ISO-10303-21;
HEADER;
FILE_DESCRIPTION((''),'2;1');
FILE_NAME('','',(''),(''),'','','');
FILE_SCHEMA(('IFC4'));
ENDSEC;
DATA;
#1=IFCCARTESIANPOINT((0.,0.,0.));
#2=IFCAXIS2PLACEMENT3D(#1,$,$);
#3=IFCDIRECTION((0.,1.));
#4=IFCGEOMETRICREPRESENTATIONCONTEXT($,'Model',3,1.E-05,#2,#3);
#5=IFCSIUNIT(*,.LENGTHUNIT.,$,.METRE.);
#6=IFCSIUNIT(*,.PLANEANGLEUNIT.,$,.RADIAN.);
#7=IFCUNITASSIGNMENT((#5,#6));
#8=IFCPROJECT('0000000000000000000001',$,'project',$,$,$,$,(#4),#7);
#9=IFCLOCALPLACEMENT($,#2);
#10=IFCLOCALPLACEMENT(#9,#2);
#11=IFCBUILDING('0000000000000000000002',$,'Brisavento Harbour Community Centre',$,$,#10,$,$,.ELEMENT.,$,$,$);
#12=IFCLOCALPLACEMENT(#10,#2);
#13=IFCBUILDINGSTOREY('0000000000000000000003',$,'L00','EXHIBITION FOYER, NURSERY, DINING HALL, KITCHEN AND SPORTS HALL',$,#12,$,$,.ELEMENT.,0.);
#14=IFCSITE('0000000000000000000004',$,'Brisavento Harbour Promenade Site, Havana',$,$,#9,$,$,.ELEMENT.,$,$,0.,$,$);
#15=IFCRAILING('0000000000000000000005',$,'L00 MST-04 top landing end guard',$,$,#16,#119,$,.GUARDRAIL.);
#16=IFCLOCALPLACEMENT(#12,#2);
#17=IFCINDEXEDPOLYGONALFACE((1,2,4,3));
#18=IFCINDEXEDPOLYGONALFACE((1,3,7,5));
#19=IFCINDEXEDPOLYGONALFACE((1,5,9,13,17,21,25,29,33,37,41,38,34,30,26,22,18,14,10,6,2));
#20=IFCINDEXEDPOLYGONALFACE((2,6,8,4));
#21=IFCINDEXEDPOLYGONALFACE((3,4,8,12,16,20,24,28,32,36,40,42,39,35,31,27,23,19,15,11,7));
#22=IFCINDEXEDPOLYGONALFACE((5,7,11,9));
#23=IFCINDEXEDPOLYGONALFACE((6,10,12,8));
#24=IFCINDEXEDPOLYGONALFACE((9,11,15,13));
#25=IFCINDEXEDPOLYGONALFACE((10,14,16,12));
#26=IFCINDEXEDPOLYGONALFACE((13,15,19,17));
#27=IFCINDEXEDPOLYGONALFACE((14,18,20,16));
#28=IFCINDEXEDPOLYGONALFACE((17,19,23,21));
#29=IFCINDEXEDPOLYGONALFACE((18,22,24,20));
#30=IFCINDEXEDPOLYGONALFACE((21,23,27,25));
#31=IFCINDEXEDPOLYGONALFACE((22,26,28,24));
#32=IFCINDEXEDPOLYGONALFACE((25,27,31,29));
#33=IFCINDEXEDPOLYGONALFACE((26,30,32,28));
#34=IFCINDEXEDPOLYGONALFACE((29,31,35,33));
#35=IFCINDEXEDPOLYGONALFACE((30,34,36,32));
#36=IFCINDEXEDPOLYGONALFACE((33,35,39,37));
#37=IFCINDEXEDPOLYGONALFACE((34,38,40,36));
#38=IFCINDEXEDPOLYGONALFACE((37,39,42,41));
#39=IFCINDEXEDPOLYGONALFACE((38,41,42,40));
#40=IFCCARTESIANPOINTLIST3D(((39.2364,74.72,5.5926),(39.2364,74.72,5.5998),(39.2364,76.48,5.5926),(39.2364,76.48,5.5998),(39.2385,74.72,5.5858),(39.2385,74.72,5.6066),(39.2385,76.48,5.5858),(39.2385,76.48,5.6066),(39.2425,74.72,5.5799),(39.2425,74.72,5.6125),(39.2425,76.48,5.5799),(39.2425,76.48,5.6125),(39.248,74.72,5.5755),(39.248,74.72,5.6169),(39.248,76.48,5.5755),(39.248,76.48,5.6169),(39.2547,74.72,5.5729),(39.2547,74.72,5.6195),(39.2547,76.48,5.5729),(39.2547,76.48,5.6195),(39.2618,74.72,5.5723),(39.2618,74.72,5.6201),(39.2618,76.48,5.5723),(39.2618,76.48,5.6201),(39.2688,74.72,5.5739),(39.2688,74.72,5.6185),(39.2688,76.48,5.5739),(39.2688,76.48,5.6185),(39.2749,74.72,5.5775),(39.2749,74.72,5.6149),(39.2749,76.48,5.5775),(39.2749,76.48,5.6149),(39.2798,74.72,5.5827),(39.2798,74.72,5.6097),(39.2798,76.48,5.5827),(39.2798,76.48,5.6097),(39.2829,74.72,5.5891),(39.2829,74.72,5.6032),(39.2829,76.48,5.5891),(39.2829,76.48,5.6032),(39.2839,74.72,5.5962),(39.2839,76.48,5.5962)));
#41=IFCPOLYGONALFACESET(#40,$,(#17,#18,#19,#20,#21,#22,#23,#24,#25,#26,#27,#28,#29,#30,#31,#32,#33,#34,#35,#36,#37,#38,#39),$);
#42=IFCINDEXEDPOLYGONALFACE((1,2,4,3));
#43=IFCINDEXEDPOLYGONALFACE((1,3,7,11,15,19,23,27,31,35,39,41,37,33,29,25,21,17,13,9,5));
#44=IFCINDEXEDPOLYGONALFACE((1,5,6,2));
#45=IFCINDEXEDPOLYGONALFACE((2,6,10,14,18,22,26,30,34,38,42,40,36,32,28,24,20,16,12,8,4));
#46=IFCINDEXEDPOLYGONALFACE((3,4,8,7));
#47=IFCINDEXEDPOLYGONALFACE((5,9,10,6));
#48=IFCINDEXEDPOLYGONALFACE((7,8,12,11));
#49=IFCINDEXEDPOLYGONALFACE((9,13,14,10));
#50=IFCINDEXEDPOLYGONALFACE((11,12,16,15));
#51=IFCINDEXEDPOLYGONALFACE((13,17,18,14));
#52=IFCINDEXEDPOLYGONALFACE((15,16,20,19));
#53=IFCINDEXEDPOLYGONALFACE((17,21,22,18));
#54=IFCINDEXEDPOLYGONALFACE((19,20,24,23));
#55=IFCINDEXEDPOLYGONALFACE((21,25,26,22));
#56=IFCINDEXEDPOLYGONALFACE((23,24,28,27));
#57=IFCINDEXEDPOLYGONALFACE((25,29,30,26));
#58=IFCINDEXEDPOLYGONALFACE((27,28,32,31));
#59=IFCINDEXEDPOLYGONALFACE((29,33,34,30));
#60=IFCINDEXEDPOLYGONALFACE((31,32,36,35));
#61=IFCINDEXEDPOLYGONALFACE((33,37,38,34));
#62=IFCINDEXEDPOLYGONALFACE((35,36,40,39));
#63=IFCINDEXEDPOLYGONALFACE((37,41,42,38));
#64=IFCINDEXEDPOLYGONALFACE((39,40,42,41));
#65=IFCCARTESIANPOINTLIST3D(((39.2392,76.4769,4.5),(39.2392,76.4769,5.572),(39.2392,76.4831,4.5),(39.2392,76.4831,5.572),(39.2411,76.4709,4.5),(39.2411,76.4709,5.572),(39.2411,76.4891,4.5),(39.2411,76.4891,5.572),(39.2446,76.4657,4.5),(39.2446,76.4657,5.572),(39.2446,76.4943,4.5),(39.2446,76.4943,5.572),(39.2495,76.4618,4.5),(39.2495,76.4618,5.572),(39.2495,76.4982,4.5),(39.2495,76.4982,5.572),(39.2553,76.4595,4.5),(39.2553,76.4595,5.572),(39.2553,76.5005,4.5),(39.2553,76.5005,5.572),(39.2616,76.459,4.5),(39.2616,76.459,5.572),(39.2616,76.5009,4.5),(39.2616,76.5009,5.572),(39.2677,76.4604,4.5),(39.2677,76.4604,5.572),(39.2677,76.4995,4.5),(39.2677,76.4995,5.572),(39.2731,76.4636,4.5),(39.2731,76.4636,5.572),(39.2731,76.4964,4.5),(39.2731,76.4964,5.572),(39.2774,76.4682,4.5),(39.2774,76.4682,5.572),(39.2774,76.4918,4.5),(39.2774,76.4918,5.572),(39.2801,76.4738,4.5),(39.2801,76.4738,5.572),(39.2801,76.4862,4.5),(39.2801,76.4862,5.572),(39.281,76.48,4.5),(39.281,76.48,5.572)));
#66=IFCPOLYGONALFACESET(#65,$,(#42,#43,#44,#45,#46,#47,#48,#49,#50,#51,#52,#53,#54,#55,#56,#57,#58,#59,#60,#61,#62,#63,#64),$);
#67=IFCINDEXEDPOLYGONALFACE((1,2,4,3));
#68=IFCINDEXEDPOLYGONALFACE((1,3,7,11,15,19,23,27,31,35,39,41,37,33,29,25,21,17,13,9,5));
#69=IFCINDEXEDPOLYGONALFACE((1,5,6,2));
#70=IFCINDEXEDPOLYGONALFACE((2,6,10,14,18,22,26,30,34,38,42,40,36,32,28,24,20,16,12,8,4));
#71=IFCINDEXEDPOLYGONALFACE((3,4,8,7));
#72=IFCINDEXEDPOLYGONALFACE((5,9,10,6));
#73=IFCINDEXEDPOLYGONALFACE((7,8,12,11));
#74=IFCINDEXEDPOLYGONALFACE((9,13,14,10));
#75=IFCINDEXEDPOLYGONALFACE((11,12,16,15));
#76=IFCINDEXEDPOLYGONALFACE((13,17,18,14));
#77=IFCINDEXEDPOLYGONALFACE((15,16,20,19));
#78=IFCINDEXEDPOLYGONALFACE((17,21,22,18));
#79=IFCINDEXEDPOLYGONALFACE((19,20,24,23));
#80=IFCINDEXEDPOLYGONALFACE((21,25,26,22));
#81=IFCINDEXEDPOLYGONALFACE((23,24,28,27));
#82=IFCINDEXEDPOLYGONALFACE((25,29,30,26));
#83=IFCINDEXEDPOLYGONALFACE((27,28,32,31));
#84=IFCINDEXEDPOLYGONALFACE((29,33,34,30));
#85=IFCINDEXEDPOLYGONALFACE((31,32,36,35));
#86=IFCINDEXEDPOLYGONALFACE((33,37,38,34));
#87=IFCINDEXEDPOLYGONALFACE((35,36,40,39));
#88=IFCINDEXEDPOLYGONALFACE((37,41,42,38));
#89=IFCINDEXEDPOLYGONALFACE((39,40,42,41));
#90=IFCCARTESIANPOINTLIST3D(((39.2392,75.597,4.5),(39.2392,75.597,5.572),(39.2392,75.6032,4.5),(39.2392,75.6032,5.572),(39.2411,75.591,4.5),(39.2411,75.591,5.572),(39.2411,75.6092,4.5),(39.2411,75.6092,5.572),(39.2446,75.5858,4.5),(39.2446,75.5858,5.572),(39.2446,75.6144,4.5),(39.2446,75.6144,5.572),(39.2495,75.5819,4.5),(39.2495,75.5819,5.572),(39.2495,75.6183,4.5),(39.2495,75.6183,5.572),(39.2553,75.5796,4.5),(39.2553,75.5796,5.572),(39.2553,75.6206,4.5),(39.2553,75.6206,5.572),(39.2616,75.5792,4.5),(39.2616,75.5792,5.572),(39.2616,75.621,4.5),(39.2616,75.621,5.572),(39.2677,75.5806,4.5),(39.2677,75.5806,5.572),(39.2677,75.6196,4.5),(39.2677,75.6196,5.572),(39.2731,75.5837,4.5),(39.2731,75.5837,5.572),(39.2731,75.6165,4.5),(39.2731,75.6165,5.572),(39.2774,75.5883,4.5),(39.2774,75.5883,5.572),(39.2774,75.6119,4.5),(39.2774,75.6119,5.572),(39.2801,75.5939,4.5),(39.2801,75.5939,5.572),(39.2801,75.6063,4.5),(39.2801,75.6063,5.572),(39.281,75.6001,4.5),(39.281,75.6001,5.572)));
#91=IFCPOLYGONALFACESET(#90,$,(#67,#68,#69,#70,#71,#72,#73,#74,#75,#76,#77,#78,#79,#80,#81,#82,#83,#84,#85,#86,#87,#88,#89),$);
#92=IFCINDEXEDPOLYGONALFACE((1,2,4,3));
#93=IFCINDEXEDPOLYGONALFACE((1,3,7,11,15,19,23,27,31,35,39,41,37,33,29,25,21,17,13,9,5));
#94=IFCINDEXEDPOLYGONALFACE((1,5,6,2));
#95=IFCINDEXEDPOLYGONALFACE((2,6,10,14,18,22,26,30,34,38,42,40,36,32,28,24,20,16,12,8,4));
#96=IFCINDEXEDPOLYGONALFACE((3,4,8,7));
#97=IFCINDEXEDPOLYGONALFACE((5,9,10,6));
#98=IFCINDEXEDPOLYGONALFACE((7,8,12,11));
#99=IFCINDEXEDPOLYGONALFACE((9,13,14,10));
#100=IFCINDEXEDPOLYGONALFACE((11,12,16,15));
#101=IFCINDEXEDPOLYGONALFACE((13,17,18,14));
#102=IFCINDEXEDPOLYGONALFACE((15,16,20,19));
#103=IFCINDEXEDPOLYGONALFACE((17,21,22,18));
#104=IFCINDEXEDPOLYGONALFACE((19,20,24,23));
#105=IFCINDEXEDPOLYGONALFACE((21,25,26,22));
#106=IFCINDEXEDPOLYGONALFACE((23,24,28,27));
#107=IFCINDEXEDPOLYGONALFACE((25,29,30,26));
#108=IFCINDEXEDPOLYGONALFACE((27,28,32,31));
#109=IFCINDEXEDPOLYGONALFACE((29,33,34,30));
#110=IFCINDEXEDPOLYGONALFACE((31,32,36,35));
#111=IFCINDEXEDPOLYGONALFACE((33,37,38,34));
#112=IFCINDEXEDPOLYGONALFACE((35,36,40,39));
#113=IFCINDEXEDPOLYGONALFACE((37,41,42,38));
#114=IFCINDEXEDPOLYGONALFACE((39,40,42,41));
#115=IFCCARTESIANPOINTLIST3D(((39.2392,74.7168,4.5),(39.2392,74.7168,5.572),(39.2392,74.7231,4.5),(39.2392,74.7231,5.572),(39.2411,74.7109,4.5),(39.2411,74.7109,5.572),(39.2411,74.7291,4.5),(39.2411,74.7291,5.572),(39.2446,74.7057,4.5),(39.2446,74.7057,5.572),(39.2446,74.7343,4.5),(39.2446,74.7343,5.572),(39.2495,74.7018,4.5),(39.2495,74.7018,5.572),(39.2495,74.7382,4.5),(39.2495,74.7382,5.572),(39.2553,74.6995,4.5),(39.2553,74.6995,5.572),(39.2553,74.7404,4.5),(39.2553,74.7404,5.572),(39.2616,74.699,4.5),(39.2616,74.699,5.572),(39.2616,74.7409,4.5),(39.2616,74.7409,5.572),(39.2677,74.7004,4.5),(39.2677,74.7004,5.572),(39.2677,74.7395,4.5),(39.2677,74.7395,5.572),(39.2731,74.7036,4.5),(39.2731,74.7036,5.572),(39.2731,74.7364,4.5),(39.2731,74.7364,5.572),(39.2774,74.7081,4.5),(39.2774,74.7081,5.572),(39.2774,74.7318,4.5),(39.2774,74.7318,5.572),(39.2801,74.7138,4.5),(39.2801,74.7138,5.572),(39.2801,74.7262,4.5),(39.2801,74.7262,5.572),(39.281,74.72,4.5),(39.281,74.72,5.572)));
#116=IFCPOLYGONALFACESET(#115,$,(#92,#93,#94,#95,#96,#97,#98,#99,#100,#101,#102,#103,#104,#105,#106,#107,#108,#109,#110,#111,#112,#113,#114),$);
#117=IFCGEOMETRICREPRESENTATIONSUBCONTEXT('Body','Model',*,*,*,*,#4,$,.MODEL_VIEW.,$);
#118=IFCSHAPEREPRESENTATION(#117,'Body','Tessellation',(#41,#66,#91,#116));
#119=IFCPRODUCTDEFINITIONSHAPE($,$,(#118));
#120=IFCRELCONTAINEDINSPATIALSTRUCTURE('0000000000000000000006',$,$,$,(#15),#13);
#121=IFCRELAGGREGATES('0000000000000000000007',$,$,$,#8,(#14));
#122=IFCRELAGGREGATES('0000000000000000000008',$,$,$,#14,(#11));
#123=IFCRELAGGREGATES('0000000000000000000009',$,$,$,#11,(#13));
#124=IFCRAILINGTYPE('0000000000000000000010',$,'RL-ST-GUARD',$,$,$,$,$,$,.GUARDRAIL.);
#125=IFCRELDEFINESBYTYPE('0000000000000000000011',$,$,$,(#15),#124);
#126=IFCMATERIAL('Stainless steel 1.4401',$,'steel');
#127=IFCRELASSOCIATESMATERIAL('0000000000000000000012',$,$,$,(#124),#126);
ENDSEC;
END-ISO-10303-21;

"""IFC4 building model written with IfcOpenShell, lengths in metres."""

from ifc_helpers import new_model, si_unit, direction, frame, origin, origin_2d, place, context, subcontext, project, spatial, circle, extrude, material, type_object, element, save


model = new_model("IFC4")

# Units and contexts
model_context = context("Model", 3, precision=1e-05, world=origin(), true_north=direction((0.0, 1.0)))
body_context = subcontext(model_context, "Body", "Model", "MODEL_VIEW")
ifc_project = project(units=[si_unit("LENGTHUNIT", "METRE"), si_unit("PLANEANGLEUNIT", "RADIAN")], contexts=[model_context])

# Site, building, storey
site_placement = place(None, origin())
site = spatial("IfcSite", under=ifc_project, at=site_placement, Name="Brisavento Harbour Promenade Site, Havana", CompositionType="ELEMENT", RefElevation=0.0)
building_placement = place(site_placement, origin())
building = spatial("IfcBuilding", under=site, at=building_placement, Name="Brisavento Harbour Community Centre", CompositionType="ELEMENT")
storey_placement = place(building_placement, origin())
storey = spatial("IfcBuildingStorey", under=building, at=storey_placement, Name="L00", Description="EXHIBITION FOYER, NURSERY, DINING HALL, KITCHEN AND SPORTS HALL", CompositionType="ELEMENT", Elevation=0.0)

# Railing
ifc_material_1 = material(Name="Stainless steel 1.4401", Category="steel")
railing_type = type_object("IfcRailingType", Name="RL-ST-GUARD", PredefinedType="GUARDRAIL", material=ifc_material_1)
railing_1_placement = place(storey_placement, frame((39.26, 76.48, 4.5)))
element("IfcRailing", 1, at=railing_1_placement, inside=storey, type_object=railing_type, Name="L00 MST-04 top landing end guard", PredefinedType="GUARDRAIL", context=body_context, shape_type="SweptSolid", body=[
    extrude(circle(Radius=0.0239, at=origin_2d()), frame((0.0, 0.0, 1.0962), z_axis=(0.0, -1.0, 0.0), x_axis=(1.0, 0.0, 0.0)), (0.0, 0.0, 1.0), 1.76),
    extrude(circle(Radius=0.021, at=origin_2d()), origin(), (0.0, 0.0, 1.0), 1.072),
    extrude(circle(Radius=0.021, at=origin_2d()), frame((0.0, -0.8799, 0.0)), (0.0, 0.0, 1.0), 1.072),
    extrude(circle(Radius=0.021, at=origin_2d()), frame((0.0, -1.76, 0.0)), (0.0, 0.0, 1.0), 1.072),
])

save(model, "model.ifc")
